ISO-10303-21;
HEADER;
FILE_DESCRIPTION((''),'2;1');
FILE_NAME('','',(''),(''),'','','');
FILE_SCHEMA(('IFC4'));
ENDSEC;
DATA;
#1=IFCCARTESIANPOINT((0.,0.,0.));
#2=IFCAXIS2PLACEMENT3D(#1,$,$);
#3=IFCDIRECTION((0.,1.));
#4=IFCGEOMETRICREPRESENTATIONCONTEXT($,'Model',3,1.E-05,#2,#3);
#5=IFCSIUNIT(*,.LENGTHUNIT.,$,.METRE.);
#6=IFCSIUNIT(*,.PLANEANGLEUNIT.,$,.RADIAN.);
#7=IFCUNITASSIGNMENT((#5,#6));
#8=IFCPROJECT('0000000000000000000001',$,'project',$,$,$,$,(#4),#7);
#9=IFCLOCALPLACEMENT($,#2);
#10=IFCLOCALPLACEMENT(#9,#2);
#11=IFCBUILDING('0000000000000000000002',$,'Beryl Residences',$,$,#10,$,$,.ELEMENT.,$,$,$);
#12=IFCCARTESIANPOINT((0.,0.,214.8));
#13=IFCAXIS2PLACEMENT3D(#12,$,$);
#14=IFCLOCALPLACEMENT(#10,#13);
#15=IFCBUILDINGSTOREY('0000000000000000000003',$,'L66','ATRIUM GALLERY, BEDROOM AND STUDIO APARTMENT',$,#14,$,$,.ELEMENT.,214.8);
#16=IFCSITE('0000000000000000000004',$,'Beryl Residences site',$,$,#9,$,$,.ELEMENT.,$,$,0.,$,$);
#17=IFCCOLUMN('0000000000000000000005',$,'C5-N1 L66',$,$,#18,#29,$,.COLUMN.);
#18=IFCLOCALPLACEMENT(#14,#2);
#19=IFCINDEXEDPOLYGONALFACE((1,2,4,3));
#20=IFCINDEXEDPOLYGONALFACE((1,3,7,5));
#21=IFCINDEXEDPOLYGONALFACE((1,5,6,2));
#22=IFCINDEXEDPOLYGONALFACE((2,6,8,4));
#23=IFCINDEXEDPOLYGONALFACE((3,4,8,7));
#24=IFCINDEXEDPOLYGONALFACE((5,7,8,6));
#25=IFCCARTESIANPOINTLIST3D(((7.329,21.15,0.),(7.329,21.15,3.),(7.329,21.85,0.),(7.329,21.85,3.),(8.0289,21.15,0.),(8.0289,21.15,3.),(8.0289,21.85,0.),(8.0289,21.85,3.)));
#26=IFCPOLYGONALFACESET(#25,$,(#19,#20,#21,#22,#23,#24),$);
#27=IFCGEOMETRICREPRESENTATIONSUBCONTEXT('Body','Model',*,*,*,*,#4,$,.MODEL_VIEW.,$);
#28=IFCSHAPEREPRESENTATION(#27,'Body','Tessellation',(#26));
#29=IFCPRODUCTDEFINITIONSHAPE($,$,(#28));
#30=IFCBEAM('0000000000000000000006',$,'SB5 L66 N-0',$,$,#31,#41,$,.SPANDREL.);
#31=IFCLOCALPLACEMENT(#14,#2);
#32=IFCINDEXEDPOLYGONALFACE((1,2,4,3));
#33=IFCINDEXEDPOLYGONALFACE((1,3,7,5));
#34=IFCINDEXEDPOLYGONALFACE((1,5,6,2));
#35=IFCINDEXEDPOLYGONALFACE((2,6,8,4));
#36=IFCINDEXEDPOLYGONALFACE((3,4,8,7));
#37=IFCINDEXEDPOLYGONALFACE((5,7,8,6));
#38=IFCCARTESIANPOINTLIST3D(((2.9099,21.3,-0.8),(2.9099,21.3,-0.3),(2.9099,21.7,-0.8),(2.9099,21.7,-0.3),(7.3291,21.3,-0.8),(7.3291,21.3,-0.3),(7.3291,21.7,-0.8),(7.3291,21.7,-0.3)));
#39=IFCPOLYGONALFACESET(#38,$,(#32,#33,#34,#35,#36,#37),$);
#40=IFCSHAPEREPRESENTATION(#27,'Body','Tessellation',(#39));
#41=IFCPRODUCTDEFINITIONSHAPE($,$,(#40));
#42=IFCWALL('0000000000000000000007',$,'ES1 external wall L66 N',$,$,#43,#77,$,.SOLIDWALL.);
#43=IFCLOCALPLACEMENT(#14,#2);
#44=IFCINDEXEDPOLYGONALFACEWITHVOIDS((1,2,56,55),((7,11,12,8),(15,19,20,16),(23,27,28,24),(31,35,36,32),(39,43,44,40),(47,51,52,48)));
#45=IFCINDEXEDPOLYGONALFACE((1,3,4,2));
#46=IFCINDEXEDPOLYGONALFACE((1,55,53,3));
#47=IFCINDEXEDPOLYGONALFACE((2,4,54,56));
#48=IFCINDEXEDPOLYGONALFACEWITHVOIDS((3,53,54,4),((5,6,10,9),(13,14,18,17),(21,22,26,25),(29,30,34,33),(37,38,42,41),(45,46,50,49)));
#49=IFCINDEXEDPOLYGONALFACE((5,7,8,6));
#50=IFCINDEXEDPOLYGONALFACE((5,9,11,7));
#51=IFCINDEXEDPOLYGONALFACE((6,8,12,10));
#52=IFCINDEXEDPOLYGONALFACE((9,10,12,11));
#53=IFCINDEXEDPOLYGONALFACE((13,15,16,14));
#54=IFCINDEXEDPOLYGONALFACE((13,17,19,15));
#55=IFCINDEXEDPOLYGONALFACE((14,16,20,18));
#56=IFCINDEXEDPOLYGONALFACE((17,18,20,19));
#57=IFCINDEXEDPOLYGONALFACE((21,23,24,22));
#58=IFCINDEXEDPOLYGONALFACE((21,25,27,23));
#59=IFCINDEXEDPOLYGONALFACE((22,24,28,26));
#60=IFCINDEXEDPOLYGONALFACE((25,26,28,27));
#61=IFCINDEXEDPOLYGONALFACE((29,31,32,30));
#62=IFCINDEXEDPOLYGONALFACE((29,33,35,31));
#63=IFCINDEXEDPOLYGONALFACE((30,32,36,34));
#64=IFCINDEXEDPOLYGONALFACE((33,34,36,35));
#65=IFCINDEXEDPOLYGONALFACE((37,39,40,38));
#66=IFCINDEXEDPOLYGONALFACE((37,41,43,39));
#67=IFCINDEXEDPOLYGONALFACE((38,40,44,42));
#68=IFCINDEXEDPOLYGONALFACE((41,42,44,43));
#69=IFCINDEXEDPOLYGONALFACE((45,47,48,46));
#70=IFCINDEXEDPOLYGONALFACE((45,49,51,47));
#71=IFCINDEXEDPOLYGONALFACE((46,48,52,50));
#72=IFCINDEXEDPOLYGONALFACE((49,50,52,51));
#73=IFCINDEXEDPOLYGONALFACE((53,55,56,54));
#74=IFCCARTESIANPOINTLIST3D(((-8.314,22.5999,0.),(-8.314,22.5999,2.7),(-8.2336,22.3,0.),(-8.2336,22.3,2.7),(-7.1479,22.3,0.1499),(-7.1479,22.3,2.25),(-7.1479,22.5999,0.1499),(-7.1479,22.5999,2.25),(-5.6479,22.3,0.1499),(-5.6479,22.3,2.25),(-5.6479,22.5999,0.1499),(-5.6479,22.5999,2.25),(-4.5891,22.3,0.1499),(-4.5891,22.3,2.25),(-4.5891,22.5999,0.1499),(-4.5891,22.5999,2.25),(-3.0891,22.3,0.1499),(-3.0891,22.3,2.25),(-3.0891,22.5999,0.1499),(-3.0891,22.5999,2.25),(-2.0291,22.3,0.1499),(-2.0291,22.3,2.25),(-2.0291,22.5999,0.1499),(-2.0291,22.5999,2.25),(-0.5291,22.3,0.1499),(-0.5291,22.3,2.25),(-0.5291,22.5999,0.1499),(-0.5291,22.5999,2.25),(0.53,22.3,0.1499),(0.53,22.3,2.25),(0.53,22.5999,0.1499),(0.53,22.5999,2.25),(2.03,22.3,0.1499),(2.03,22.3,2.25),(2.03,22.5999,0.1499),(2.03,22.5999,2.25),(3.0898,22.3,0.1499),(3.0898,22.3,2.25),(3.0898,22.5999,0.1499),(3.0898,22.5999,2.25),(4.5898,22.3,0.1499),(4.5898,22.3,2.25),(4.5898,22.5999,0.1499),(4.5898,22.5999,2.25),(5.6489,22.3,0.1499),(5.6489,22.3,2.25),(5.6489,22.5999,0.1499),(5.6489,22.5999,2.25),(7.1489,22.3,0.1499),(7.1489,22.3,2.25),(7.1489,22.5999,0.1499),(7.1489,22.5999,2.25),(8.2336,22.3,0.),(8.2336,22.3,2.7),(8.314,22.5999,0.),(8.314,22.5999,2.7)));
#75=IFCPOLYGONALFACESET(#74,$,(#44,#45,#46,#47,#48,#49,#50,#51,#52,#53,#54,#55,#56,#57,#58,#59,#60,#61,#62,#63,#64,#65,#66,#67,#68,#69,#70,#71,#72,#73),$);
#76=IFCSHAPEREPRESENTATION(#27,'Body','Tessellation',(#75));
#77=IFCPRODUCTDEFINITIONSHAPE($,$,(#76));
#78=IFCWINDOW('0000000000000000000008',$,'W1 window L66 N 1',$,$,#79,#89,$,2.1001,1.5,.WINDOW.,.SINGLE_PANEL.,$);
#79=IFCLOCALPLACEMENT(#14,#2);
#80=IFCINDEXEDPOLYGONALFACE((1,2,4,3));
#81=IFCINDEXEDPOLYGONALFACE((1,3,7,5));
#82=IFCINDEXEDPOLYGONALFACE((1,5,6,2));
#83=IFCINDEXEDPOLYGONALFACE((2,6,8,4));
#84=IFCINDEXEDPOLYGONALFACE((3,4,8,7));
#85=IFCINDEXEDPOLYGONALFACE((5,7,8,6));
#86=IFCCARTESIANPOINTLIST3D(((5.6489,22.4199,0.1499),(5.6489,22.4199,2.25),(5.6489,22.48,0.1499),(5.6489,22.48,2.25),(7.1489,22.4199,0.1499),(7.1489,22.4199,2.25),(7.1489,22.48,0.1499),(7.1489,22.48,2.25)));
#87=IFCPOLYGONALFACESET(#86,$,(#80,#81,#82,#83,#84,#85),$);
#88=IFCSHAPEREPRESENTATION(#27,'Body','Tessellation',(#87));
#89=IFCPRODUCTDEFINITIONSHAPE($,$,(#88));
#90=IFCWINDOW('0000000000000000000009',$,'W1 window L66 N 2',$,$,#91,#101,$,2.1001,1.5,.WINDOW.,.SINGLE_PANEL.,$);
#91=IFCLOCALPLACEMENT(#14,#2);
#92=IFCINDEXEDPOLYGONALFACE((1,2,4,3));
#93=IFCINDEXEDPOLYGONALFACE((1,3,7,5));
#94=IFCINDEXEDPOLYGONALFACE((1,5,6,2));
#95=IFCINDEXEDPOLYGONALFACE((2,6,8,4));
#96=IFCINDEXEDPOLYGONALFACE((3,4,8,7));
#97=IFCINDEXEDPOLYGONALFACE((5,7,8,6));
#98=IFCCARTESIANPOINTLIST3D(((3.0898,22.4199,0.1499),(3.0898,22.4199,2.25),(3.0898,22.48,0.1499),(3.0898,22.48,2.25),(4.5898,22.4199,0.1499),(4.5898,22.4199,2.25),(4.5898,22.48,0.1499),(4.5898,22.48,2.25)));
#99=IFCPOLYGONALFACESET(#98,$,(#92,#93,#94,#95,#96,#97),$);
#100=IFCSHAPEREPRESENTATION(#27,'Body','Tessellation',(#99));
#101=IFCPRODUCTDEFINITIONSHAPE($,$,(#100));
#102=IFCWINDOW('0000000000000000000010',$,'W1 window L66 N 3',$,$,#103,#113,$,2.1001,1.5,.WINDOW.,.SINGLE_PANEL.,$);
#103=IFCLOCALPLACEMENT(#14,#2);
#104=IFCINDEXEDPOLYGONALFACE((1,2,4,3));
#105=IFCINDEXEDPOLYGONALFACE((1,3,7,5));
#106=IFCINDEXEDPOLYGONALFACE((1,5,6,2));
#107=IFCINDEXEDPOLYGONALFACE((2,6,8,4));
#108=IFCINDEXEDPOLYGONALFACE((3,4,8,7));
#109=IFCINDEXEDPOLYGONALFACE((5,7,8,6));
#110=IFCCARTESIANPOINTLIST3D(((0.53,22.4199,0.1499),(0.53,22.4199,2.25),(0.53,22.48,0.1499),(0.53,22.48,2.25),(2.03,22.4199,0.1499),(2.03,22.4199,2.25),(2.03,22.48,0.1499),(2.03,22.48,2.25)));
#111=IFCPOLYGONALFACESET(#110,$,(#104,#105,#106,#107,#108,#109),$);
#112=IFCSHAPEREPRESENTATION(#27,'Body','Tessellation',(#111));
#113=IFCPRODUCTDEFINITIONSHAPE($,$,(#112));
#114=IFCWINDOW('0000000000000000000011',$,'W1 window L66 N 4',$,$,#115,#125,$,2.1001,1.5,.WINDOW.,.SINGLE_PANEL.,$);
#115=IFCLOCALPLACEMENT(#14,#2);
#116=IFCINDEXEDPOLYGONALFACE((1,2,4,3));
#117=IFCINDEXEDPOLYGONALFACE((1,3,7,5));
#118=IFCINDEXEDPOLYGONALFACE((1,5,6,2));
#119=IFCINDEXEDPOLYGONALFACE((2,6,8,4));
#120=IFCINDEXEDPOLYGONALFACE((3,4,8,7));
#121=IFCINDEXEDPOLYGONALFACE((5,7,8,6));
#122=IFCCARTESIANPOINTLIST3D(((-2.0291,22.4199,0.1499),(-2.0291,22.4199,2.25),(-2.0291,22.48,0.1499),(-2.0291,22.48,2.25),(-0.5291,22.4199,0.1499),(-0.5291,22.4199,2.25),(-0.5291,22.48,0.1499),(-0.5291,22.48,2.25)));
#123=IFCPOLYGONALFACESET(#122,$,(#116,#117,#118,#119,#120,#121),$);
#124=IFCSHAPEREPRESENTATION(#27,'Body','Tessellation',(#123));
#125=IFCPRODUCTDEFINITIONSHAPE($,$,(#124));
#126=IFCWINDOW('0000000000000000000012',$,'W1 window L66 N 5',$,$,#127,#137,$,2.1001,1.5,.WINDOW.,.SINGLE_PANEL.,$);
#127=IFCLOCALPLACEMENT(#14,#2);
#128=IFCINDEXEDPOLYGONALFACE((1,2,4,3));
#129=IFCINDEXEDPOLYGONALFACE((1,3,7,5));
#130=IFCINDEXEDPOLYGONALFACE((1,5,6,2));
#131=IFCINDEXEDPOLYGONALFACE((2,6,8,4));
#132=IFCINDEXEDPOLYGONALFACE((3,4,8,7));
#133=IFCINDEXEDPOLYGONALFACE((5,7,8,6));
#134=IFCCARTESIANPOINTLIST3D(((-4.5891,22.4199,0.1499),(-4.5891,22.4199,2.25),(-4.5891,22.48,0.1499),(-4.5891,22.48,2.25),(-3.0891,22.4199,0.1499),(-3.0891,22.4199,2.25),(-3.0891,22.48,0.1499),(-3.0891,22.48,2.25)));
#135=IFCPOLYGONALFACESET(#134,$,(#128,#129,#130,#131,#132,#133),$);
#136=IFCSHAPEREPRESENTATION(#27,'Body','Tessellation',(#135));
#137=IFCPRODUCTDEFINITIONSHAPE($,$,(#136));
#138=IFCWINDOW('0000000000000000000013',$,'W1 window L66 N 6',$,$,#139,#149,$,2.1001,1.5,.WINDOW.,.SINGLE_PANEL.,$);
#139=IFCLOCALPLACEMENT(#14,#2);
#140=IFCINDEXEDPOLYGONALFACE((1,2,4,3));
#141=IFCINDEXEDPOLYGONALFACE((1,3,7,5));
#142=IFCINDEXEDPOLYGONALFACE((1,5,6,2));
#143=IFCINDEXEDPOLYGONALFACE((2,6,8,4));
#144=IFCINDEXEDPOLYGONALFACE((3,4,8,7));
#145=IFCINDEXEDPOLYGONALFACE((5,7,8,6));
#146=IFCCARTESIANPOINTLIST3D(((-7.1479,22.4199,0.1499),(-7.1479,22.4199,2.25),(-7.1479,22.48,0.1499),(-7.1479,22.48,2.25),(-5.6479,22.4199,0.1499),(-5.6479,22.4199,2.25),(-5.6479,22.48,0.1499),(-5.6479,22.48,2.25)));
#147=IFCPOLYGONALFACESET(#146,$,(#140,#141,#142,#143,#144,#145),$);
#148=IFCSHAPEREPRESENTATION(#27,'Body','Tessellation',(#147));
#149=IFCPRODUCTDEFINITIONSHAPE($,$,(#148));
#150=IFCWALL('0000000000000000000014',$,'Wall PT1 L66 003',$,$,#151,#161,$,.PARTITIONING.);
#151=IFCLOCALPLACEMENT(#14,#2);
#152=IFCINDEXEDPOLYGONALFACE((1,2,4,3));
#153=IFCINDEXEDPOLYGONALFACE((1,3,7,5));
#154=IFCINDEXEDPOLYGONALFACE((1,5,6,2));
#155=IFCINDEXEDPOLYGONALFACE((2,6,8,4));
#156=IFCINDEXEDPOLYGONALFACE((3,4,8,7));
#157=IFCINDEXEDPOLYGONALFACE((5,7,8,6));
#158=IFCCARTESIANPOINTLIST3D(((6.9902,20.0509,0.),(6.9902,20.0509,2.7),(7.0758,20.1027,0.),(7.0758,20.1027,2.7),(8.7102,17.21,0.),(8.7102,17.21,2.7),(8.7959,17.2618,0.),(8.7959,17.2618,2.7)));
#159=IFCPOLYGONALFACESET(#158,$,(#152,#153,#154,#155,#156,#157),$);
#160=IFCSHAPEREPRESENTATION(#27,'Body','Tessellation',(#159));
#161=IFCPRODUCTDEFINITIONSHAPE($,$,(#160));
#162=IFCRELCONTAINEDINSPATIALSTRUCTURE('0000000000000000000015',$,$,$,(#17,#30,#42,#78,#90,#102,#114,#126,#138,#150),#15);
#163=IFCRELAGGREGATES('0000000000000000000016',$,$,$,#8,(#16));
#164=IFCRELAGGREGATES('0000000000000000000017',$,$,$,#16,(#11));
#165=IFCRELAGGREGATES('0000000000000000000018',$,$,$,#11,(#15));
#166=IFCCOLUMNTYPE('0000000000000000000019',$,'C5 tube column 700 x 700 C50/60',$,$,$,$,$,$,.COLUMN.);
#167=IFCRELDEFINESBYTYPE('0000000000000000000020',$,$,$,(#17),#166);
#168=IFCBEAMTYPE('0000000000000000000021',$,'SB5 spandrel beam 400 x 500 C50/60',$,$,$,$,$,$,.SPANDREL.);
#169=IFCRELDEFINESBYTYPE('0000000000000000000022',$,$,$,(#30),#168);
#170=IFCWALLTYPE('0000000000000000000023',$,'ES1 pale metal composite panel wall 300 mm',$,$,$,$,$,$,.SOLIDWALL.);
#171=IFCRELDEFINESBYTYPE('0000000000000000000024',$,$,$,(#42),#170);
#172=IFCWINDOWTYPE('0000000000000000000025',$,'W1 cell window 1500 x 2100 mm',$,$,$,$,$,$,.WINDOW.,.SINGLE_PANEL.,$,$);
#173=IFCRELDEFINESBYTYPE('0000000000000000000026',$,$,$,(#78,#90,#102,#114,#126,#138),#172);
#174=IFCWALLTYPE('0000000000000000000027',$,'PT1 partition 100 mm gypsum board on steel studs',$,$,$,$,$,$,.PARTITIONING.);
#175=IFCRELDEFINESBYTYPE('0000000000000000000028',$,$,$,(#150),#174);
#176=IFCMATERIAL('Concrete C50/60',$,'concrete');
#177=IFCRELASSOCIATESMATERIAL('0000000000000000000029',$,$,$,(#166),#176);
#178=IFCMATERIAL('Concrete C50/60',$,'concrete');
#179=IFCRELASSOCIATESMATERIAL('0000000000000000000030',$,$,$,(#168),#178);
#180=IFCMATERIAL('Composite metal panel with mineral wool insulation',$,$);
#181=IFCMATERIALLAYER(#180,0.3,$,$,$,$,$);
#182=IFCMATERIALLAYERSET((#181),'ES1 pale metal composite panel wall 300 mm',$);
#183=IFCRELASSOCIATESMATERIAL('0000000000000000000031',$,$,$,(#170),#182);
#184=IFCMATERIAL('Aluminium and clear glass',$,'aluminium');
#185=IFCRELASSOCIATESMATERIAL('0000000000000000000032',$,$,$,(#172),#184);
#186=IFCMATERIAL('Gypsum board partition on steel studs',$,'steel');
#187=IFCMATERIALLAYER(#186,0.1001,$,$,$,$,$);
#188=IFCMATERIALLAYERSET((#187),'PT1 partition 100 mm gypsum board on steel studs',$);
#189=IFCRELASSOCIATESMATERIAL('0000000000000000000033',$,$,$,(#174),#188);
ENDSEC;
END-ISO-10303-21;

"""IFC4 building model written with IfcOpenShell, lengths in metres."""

from ifc_helpers import new_model, si_unit, direction, frame, frame_2d, origin, origin_2d, place, context, subcontext, project, spatial, polyline, rectangle, outline, extrude, material, layer, layer_set, material_profile, profile_set, type_object, element, fill, save


model = new_model("IFC4")

# Units and contexts
model_context = context("Model", 3, precision=1e-05, world=origin(), true_north=direction((0.0, 1.0)))
body_context = subcontext(model_context, "Body", "Model", "MODEL_VIEW")
ifc_project = project(units=[si_unit("LENGTHUNIT", "METRE"), si_unit("PLANEANGLEUNIT", "RADIAN")], contexts=[model_context])

# Site, building, storey
site_placement = place(None, origin())
site = spatial("IfcSite", under=ifc_project, at=site_placement, Name="Beryl Residences site", CompositionType="ELEMENT", RefElevation=0.0)
building_placement = place(site_placement, origin())
building = spatial("IfcBuilding", under=site, at=building_placement, Name="Beryl Residences", CompositionType="ELEMENT")
storey_placement = place(building_placement, frame((0.0, 0.0, 214.8)))
storey = spatial("IfcBuildingStorey", under=building, at=storey_placement, Name="L66", Description="ATRIUM GALLERY, BEDROOM AND STUDIO APARTMENT", CompositionType="ELEMENT", Elevation=214.8)

# Column
ifc_material_1 = material(Name="Concrete C50/60", Category="concrete")
ifc_material_profile_1 = material_profile(ifc_material_1, rectangle(XDim=0.7, YDim=0.7, at=origin_2d()))
ifc_profile_set_1 = profile_set([ifc_material_profile_1], Name="Concrete C50/60")
column_type = type_object("IfcColumnType", Name="C5 tube column 700 x 700 C50/60", PredefinedType="COLUMN", material=ifc_profile_set_1)
column_placement = place(storey_placement, frame((7.679, 21.5, 0.0), z_axis=(0.0, 0.0, 1.0), x_axis=(-1.0, 0.0, 0.0)))
element("IfcColumn", 1, at=column_placement, inside=storey, type_object=column_type, Name="C5-N1 L66", PredefinedType="COLUMN", context=body_context, shape_type="SweptSolid", body=[
    extrude(rectangle(XDim=0.7, YDim=0.7, at=origin_2d()), origin(), (0.0, 0.0, 1.0), 3.0),
])

# Beam
ifc_material_2 = material(Name="Concrete C50/60", Category="concrete")
ifc_material_profile_2 = material_profile(ifc_material_2, rectangle(XDim=0.3999, YDim=0.5, at=origin_2d()))
ifc_profile_set_2 = profile_set([ifc_material_profile_2], Name="Concrete C50/60")
beam_type = type_object("IfcBeamType", Name="SB5 spandrel beam 400 x 500 C50/60", PredefinedType="SPANDREL", material=ifc_profile_set_2)
beam_placement = place(storey_placement, frame((7.3291, 21.5, -0.55), z_axis=(-1.0, 0.0, 0.0), x_axis=(0.0, -1.0, 0.0)))
element("IfcBeam", 2, at=beam_placement, inside=storey, type_object=beam_type, Name="SB5 L66 N-0", PredefinedType="SPANDREL", context=body_context, shape_type="SweptSolid", body=[
    extrude(rectangle(XDim=0.3999, YDim=0.5, at=origin_2d()), origin(), (0.0, 0.0, 1.0), 4.4192),
])

# Wall, openings, windows
ifc_material_3 = material(Name="Composite metal panel with mineral wool insulation")
ifc_layer_1 = layer(ifc_material_3, 0.3)
ifc_layer_set_1 = layer_set([ifc_layer_1], Name="ES1 pale metal composite panel wall 300 mm")
wall_type_1 = type_object("IfcWallType", Name="ES1 pale metal composite panel wall 300 mm", PredefinedType="SOLIDWALL", material=ifc_layer_set_1)
wall_1_placement = place(storey_placement, frame((8.314, 22.45, 0.0), z_axis=(0.0, 0.0, 1.0), x_axis=(-1.0, 0.0, 0.0)))
wall_1 = element("IfcWall", 3, at=wall_1_placement, inside=storey, type_object=wall_type_1, Name="ES1 external wall L66 N", PredefinedType="SOLIDWALL", context=body_context, shape_type="SweptSolid", body=[
    extrude(outline(polyline([(0.0, -0.1499), (16.6279, -0.1499), (16.5476, 0.1499), (0.0803, 0.1499), (0.0, -0.1499)])), origin(), (0.0, 0.0, 1.0), 2.7),
])
opening_1_placement = place(wall_1_placement, frame((1.165, 0.0, 0.1499)))
opening_1 = element("IfcOpeningElement", 4, at=opening_1_placement, cuts=wall_1, PredefinedType="OPENING", context=body_context, shape_type="SweptSolid", body=[
    extrude(rectangle(XDim=1.5, YDim=2.1001, at=frame_2d((0.75, 1.05))), frame((0.0, 0.1599, 0.0), z_axis=(0.0, -1.0, 0.0), x_axis=(1.0, 0.0, 0.0)), (0.0, 0.0, 1.0), 0.3201),
])
opening_2_placement = place(wall_1_placement, frame((3.7241, 0.0, 0.1499)))
opening_2 = element("IfcOpeningElement", 5, at=opening_2_placement, cuts=wall_1, PredefinedType="OPENING", context=body_context, shape_type="SweptSolid", body=[
    extrude(rectangle(XDim=1.5, YDim=2.1001, at=frame_2d((0.75, 1.05))), frame((0.0, 0.1599, 0.0), z_axis=(0.0, -1.0, 0.0), x_axis=(1.0, 0.0, 0.0)), (0.0, 0.0, 1.0), 0.3201),
])
opening_3_placement = place(wall_1_placement, frame((6.2839, 0.0, 0.1499)))
opening_3 = element("IfcOpeningElement", 6, at=opening_3_placement, cuts=wall_1, PredefinedType="OPENING", context=body_context, shape_type="SweptSolid", body=[
    extrude(rectangle(XDim=1.5, YDim=2.1001, at=frame_2d((0.75, 1.05))), frame((0.0, 0.1599, 0.0), z_axis=(0.0, -1.0, 0.0), x_axis=(1.0, 0.0, 0.0)), (0.0, 0.0, 1.0), 0.3201),
])
opening_4_placement = place(wall_1_placement, frame((8.843, 0.0, 0.1499)))
opening_4 = element("IfcOpeningElement", 7, at=opening_4_placement, cuts=wall_1, PredefinedType="OPENING", context=body_context, shape_type="SweptSolid", body=[
    extrude(rectangle(XDim=1.5, YDim=2.1001, at=frame_2d((0.75, 1.05))), frame((0.0, 0.1599, 0.0), z_axis=(0.0, -1.0, 0.0), x_axis=(1.0, 0.0, 0.0)), (0.0, 0.0, 1.0), 0.3201),
])
opening_5_placement = place(wall_1_placement, frame((11.4031, 0.0, 0.1499)))
opening_5 = element("IfcOpeningElement", 8, at=opening_5_placement, cuts=wall_1, PredefinedType="OPENING", context=body_context, shape_type="SweptSolid", body=[
    extrude(rectangle(XDim=1.5, YDim=2.1001, at=frame_2d((0.75, 1.05))), frame((0.0, 0.1599, 0.0), z_axis=(0.0, -1.0, 0.0), x_axis=(1.0, 0.0, 0.0)), (0.0, 0.0, 1.0), 0.3201),
])
opening_6_placement = place(wall_1_placement, frame((13.9619, 0.0, 0.1499)))
opening_6 = element("IfcOpeningElement", 9, at=opening_6_placement, cuts=wall_1, PredefinedType="OPENING", context=body_context, shape_type="SweptSolid", body=[
    extrude(rectangle(XDim=1.5, YDim=2.1001, at=frame_2d((0.75, 1.05))), frame((0.0, 0.1599, 0.0), z_axis=(0.0, -1.0, 0.0), x_axis=(1.0, 0.0, 0.0)), (0.0, 0.0, 1.0), 0.3201),
])
ifc_material_4 = material(Name="Aluminium and clear glass", Category="aluminium")
window_type = type_object("IfcWindowType", Name="W1 cell window 1500 x 2100 mm", PartitioningType="SINGLE_PANEL", PredefinedType="WINDOW", material=ifc_material_4)
window_1_placement = place(opening_1_placement, origin())
window_1 = element("IfcWindow", 10, at=window_1_placement, inside=storey, type_object=window_type, Name="W1 window L66 N 1", OverallHeight=2.1001, OverallWidth=1.5, PartitioningType="SINGLE_PANEL", PredefinedType="WINDOW", context=body_context, shape_type="SweptSolid", body=[
    extrude(rectangle(XDim=1.5, YDim=2.1001, at=frame_2d((0.75, 1.05))), frame((0.0, 0.03, 0.0), z_axis=(0.0, -1.0, 0.0), x_axis=(1.0, 0.0, 0.0)), (0.0, 0.0, 1.0), 0.0601),
])
fill(opening_1, window_1)
window_2_placement = place(opening_2_placement, origin())
window_2 = element("IfcWindow", 11, at=window_2_placement, inside=storey, type_object=window_type, Name="W1 window L66 N 2", OverallHeight=2.1001, OverallWidth=1.5, PartitioningType="SINGLE_PANEL", PredefinedType="WINDOW", context=body_context, shape_type="SweptSolid", body=[
    extrude(rectangle(XDim=1.5, YDim=2.1001, at=frame_2d((0.75, 1.05))), frame((0.0, 0.03, 0.0), z_axis=(0.0, -1.0, 0.0), x_axis=(1.0, 0.0, 0.0)), (0.0, 0.0, 1.0), 0.0601),
])
fill(opening_2, window_2)
window_3_placement = place(opening_3_placement, origin())
window_3 = element("IfcWindow", 12, at=window_3_placement, inside=storey, type_object=window_type, Name="W1 window L66 N 3", OverallHeight=2.1001, OverallWidth=1.5, PartitioningType="SINGLE_PANEL", PredefinedType="WINDOW", context=body_context, shape_type="SweptSolid", body=[
    extrude(rectangle(XDim=1.5, YDim=2.1001, at=frame_2d((0.75, 1.05))), frame((0.0, 0.03, 0.0), z_axis=(0.0, -1.0, 0.0), x_axis=(1.0, 0.0, 0.0)), (0.0, 0.0, 1.0), 0.0601),
])
fill(opening_3, window_3)
window_4_placement = place(opening_4_placement, origin())
window_4 = element("IfcWindow", 13, at=window_4_placement, inside=storey, type_object=window_type, Name="W1 window L66 N 4", OverallHeight=2.1001, OverallWidth=1.5, PartitioningType="SINGLE_PANEL", PredefinedType="WINDOW", context=body_context, shape_type="SweptSolid", body=[
    extrude(rectangle(XDim=1.5, YDim=2.1001, at=frame_2d((0.75, 1.05))), frame((0.0, 0.03, 0.0), z_axis=(0.0, -1.0, 0.0), x_axis=(1.0, 0.0, 0.0)), (0.0, 0.0, 1.0), 0.0601),
])
fill(opening_4, window_4)
window_5_placement = place(opening_5_placement, origin())
window_5 = element("IfcWindow", 14, at=window_5_placement, inside=storey, type_object=window_type, Name="W1 window L66 N 5", OverallHeight=2.1001, OverallWidth=1.5, PartitioningType="SINGLE_PANEL", PredefinedType="WINDOW", context=body_context, shape_type="SweptSolid", body=[
    extrude(rectangle(XDim=1.5, YDim=2.1001, at=frame_2d((0.75, 1.05))), frame((0.0, 0.03, 0.0), z_axis=(0.0, -1.0, 0.0), x_axis=(1.0, 0.0, 0.0)), (0.0, 0.0, 1.0), 0.0601),
])
fill(opening_5, window_5)
window_6_placement = place(opening_6_placement, origin())
window_6 = element("IfcWindow", 15, at=window_6_placement, inside=storey, type_object=window_type, Name="W1 window L66 N 6", OverallHeight=2.1001, OverallWidth=1.5, PartitioningType="SINGLE_PANEL", PredefinedType="WINDOW", context=body_context, shape_type="SweptSolid", body=[
    extrude(rectangle(XDim=1.5, YDim=2.1001, at=frame_2d((0.75, 1.05))), frame((0.0, 0.03, 0.0), z_axis=(0.0, -1.0, 0.0), x_axis=(1.0, 0.0, 0.0)), (0.0, 0.0, 1.0), 0.0601),
])
fill(opening_6, window_6)

# Wall
ifc_material_5 = material(Name="Gypsum board partition on steel studs", Category="steel")
ifc_layer_2 = layer(ifc_material_5, 0.1001)
ifc_layer_set_2 = layer_set([ifc_layer_2], Name="PT1 partition 100 mm gypsum board on steel studs")
wall_type_2 = type_object("IfcWallType", Name="PT1 partition 100 mm gypsum board on steel studs", PredefinedType="PARTITIONING", material=ifc_layer_set_2)
wall_2_placement = place(storey_placement, frame((7.033, 20.0769, 0.0), z_axis=(0.0, 0.0, 1.0), x_axis=(0.517919, -0.85543, 0.0)))
element("IfcWall", 16, at=wall_2_placement, inside=storey, type_object=wall_type_2, Name="Wall PT1 L66 003", PredefinedType="PARTITIONING", context=body_context, shape_type="SweptSolid", body=[
    extrude(rectangle(XDim=3.321, YDim=0.1001, at=frame_2d((1.6606, 0.0))), origin(), (0.0, 0.0, 1.0), 2.7),
])

save(model, "model.ifc")
